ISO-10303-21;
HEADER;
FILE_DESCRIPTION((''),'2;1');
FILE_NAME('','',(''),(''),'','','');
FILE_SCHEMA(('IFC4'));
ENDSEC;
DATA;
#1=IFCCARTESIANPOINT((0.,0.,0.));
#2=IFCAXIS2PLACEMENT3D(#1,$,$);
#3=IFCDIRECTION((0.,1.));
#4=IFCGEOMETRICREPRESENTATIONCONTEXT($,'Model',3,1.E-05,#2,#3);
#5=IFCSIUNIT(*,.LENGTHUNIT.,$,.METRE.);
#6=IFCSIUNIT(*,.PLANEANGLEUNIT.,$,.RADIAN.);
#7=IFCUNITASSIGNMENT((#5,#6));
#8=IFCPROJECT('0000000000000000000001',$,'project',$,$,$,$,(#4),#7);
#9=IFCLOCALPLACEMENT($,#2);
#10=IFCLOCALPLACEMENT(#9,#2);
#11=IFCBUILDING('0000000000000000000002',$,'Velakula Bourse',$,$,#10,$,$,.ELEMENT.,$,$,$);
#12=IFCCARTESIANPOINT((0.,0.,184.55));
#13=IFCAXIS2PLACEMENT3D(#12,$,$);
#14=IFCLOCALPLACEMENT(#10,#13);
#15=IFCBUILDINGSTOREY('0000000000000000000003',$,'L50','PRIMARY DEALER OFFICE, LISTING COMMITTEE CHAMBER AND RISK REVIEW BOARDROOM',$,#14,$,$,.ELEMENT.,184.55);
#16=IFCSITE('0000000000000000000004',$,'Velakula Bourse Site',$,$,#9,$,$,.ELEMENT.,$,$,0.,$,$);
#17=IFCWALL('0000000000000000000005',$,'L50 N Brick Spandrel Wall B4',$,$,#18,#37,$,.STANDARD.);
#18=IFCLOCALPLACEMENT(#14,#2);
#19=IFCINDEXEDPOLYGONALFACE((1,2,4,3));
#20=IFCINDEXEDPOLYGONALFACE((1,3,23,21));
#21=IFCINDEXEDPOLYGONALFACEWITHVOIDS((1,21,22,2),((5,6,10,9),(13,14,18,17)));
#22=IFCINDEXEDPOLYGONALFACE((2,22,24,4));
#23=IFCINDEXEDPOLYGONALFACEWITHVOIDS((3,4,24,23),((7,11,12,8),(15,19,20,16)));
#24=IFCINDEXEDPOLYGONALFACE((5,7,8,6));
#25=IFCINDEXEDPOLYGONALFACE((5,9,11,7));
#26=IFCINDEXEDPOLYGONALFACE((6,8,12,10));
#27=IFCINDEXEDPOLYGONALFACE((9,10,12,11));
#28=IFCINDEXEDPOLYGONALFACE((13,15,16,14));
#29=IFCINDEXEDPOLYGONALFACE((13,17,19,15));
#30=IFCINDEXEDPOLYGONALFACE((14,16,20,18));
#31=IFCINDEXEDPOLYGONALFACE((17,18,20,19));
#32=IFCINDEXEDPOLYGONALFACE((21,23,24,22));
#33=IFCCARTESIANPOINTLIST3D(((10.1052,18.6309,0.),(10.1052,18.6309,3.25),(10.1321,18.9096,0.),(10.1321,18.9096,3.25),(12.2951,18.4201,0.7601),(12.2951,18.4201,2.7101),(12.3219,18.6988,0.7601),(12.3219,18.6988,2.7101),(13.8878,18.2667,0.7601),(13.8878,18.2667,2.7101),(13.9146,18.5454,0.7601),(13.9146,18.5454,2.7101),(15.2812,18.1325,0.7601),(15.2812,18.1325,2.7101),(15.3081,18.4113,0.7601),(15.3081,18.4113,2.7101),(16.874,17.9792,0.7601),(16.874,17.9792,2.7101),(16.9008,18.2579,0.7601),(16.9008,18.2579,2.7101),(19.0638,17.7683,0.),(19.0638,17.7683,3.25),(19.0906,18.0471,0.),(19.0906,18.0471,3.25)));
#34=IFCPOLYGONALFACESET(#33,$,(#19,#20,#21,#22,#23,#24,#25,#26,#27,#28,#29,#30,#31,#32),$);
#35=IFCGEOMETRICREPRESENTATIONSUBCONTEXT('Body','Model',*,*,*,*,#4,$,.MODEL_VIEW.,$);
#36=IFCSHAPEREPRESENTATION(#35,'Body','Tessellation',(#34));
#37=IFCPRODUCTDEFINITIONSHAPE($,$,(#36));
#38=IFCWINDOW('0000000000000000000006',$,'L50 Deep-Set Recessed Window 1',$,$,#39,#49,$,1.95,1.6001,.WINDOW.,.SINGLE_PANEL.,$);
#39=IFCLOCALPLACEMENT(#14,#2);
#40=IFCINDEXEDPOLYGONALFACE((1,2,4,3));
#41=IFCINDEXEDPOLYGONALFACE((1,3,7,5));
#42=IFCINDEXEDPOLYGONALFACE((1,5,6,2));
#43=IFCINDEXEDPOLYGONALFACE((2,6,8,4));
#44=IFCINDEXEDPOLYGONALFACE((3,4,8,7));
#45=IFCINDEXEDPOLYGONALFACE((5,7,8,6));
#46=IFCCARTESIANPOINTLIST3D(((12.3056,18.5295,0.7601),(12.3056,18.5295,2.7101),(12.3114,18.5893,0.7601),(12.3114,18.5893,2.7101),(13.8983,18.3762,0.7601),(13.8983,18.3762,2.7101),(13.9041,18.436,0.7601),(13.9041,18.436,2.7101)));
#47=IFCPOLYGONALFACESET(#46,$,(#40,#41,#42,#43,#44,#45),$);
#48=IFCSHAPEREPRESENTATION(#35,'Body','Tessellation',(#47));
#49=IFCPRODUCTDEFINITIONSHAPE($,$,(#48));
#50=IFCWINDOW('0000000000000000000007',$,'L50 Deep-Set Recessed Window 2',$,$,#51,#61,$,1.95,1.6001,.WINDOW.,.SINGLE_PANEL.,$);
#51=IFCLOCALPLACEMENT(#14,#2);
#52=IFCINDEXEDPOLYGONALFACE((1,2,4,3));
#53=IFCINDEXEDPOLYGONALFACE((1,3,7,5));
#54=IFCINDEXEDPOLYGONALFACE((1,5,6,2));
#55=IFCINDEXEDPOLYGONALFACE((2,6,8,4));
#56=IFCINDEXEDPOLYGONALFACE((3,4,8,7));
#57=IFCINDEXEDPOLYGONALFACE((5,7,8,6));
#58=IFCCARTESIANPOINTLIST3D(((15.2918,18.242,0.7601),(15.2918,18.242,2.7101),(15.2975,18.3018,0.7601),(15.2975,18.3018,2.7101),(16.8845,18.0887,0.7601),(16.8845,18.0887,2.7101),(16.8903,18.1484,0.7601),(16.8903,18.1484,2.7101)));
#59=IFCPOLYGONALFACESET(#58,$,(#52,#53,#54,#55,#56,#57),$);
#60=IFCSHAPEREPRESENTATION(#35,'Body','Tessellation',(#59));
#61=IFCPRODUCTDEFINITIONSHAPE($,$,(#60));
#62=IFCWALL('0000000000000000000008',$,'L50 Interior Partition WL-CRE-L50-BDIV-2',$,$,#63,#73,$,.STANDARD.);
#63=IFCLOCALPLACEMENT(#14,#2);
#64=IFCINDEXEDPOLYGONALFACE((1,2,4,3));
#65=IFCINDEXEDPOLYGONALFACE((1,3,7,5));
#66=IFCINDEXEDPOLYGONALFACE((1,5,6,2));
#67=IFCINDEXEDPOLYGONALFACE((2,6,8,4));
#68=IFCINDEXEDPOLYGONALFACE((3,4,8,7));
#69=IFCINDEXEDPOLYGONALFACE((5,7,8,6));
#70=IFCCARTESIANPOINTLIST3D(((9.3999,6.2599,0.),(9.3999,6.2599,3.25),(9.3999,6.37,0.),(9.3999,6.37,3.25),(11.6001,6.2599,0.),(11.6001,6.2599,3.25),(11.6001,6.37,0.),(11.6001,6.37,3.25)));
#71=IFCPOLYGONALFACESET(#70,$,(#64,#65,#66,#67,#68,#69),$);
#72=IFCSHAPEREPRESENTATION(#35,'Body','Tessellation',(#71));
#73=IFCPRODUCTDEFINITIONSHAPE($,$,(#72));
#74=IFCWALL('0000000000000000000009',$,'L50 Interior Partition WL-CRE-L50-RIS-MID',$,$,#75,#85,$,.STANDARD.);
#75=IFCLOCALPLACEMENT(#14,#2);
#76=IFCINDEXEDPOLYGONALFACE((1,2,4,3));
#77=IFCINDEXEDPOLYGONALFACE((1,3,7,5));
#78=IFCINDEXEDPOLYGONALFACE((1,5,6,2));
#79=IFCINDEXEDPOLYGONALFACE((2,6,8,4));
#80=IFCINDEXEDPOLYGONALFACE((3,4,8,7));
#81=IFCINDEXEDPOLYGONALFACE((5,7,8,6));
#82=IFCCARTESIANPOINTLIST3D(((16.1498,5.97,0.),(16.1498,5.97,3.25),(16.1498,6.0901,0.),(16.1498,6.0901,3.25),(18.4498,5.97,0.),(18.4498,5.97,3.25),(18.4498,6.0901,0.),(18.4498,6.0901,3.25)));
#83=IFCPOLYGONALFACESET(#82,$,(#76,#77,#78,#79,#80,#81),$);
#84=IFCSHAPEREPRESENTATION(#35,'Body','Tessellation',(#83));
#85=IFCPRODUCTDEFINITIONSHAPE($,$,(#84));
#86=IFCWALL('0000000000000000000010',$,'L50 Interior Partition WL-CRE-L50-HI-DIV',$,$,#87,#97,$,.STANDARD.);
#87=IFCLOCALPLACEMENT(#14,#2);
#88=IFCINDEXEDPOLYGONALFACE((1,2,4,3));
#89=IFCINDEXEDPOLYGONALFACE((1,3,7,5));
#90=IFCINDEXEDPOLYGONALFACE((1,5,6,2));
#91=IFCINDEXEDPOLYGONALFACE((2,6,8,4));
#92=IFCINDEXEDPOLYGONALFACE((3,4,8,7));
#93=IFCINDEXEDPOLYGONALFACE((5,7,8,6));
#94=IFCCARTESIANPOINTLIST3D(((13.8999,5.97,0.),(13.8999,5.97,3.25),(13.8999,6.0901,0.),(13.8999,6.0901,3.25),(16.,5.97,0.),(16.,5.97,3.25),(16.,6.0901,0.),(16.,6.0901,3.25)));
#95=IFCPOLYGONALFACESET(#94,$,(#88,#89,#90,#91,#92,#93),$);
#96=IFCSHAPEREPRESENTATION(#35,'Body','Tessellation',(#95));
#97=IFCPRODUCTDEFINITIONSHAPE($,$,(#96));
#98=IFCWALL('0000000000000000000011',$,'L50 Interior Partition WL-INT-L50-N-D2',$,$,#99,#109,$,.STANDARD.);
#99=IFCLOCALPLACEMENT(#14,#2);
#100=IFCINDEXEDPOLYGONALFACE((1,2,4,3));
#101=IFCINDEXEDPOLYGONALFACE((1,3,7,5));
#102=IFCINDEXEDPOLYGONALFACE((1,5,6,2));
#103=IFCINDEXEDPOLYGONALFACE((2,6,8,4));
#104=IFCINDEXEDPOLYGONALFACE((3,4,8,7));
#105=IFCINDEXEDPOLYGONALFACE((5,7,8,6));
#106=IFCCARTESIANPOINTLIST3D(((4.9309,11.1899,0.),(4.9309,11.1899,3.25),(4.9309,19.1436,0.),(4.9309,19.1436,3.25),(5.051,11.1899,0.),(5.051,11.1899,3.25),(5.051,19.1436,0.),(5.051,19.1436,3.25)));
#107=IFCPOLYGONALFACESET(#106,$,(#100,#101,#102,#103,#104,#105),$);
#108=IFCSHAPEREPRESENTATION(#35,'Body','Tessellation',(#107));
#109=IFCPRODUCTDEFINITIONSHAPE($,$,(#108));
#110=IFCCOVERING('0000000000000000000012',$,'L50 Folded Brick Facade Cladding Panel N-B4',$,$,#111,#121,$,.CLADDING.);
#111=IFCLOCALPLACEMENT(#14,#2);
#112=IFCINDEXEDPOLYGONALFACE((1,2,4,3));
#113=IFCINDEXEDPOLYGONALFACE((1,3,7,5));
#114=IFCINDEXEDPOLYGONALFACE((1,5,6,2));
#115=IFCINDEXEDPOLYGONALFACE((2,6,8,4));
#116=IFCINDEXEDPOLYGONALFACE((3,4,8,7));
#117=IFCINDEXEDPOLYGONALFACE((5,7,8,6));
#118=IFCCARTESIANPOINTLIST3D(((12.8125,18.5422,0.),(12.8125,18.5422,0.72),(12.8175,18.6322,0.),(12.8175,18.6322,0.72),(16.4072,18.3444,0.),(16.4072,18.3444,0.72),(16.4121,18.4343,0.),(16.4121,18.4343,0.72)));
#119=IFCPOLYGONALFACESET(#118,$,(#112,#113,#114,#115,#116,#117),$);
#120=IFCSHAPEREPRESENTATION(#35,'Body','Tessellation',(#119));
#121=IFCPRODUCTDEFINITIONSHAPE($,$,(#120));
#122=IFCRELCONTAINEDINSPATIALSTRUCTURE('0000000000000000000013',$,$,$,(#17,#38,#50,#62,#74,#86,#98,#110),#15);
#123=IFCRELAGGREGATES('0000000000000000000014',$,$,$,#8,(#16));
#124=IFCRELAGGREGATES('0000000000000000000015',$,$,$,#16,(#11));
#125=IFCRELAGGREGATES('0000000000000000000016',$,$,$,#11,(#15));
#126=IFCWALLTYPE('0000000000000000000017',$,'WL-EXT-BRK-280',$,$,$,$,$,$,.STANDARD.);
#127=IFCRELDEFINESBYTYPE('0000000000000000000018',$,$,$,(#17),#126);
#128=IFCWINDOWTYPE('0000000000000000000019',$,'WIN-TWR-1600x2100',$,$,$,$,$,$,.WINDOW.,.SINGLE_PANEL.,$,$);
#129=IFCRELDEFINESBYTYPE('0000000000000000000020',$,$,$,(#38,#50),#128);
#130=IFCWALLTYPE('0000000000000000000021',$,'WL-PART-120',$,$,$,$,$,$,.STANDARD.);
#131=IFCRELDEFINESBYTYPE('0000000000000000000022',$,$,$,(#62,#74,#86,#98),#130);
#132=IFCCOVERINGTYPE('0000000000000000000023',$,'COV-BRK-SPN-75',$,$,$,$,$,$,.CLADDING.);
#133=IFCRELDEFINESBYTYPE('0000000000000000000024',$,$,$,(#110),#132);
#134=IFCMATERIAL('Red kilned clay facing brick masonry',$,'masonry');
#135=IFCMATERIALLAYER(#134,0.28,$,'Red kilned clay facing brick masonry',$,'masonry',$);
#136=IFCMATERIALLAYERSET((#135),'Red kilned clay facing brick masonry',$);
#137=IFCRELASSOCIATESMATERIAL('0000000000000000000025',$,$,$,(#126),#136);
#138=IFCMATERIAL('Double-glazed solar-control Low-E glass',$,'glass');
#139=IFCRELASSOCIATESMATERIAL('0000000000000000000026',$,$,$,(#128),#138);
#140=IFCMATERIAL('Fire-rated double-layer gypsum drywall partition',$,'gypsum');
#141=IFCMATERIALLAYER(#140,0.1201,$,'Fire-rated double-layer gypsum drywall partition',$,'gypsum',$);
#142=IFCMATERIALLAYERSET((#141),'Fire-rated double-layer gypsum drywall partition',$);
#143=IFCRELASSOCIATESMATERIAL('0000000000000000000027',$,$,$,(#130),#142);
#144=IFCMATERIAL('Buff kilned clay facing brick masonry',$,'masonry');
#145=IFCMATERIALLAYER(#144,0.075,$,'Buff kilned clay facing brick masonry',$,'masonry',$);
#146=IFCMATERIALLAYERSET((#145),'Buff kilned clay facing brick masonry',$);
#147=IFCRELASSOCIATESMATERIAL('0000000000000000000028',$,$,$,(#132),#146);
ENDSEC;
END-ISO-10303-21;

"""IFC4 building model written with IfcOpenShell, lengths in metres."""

from ifc_helpers import new_model, si_unit, direction, frame, frame_2d, origin, origin_2d, place, context, subcontext, project, spatial, rectangle, extrude, material, layer, layer_set, type_object, element, fill, save


model = new_model("IFC4")

# Units and contexts
model_context = context("Model", 3, precision=1e-05, world=origin(), true_north=direction((0.0, 1.0)))
body_context = subcontext(model_context, "Body", "Model", "MODEL_VIEW")
ifc_project = project(units=[si_unit("LENGTHUNIT", "METRE"), si_unit("PLANEANGLEUNIT", "RADIAN")], contexts=[model_context])

# Site, building, storey
site_placement = place(None, origin())
site = spatial("IfcSite", under=ifc_project, at=site_placement, Name="Velakula Bourse Site", CompositionType="ELEMENT", RefElevation=0.0)
building_placement = place(site_placement, origin())
building = spatial("IfcBuilding", under=site, at=building_placement, Name="Velakula Bourse", CompositionType="ELEMENT")
storey_placement = place(building_placement, frame((0.0, 0.0, 184.55)))
storey = spatial("IfcBuildingStorey", under=building, at=storey_placement, Name="L50", Description="PRIMARY DEALER OFFICE, LISTING COMMITTEE CHAMBER AND RISK REVIEW BOARDROOM", CompositionType="ELEMENT", Elevation=184.55)

# Wall, openings, windows
ifc_material_1 = material(Name="Red kilned clay facing brick masonry", Category="masonry")
ifc_layer_1 = layer(ifc_material_1, 0.28, Name="Red kilned clay facing brick masonry", Category="masonry")
ifc_layer_set_1 = layer_set([ifc_layer_1], Name="Red kilned clay facing brick masonry")
wall_type_1 = type_object("IfcWallType", Name="WL-EXT-BRK-280", PredefinedType="STANDARD", material=ifc_layer_set_1)
ifc_material_2 = material(Name="Double-glazed solar-control Low-E glass", Category="glass")
window_type = type_object("IfcWindowType", Name="WIN-TWR-1600x2100", PartitioningType="SINGLE_PANEL", PredefinedType="WINDOW", material=ifc_material_2)
wall_1_placement = place(storey_placement, frame((10.1187, 18.7703, 0.0), z_axis=(0.0, 0.0, 1.0), x_axis=(0.995397, -0.09584, 0.0)))
wall_1 = element("IfcWall", 1, at=wall_1_placement, inside=storey, type_object=wall_type_1, Name="L50 N Brick Spandrel Wall B4", PredefinedType="STANDARD", context=body_context, shape_type="SweptSolid", body=[
    extrude(rectangle(XDim=9.0, YDim=0.28, at=frame_2d((4.5, 0.0))), origin(), (0.0, 0.0, 1.0), 3.25),
])
opening_1_placement = place(wall_1_placement, frame((2.2, 0.0, 0.76)))
opening_1 = element("IfcOpeningElement", 2, at=opening_1_placement, cuts=wall_1, PredefinedType="OPENING", context=body_context, shape_type="SweptSolid", body=[
    extrude(rectangle(XDim=1.6001, YDim=1.95, at=frame_2d((0.8, 0.9751))), frame((0.0, 0.1499, 0.0), z_axis=(0.0, -1.0, 0.0), x_axis=(1.0, 0.0, 0.0)), (0.0, 0.0, 1.0), 0.3),
])
opening_2_placement = place(wall_1_placement, frame((5.2, 0.0, 0.76)))
opening_2 = element("IfcOpeningElement", 3, at=opening_2_placement, cuts=wall_1, PredefinedType="OPENING", context=body_context, shape_type="SweptSolid", body=[
    extrude(rectangle(XDim=1.6001, YDim=1.95, at=frame_2d((0.8, 0.9751))), frame((0.0, 0.1499, 0.0), z_axis=(0.0, -1.0, 0.0), x_axis=(1.0, 0.0, 0.0)), (0.0, 0.0, 1.0), 0.3),
])
window_1_placement = place(opening_1_placement, origin())
window_1 = element("IfcWindow", 4, at=window_1_placement, inside=storey, type_object=window_type, Name="L50 Deep-Set Recessed Window 1", OverallHeight=1.95, OverallWidth=1.6001, PartitioningType="SINGLE_PANEL", PredefinedType="WINDOW", context=body_context, shape_type="SweptSolid", body=[
    extrude(rectangle(XDim=1.6001, YDim=1.95, at=frame_2d((0.8, 0.9751))), frame((0.0, 0.03, 0.0), z_axis=(0.0, -1.0, 0.0), x_axis=(1.0, 0.0, 0.0)), (0.0, 0.0, 1.0), 0.0601),
])
fill(opening_1, window_1)
window_2_placement = place(opening_2_placement, origin())
window_2 = element("IfcWindow", 5, at=window_2_placement, inside=storey, type_object=window_type, Name="L50 Deep-Set Recessed Window 2", OverallHeight=1.95, OverallWidth=1.6001, PartitioningType="SINGLE_PANEL", PredefinedType="WINDOW", context=body_context, shape_type="SweptSolid", body=[
    extrude(rectangle(XDim=1.6001, YDim=1.95, at=frame_2d((0.8, 0.9751))), frame((0.0, 0.03, 0.0), z_axis=(0.0, -1.0, 0.0), x_axis=(1.0, 0.0, 0.0)), (0.0, 0.0, 1.0), 0.0601),
])
fill(opening_2, window_2)

# Walls
ifc_material_3 = material(Name="Fire-rated double-layer gypsum drywall partition", Category="gypsum")
ifc_layer_2 = layer(ifc_material_3, 0.1201, Name="Fire-rated double-layer gypsum drywall partition", Category="gypsum")
ifc_layer_set_2 = layer_set([ifc_layer_2], Name="Fire-rated double-layer gypsum drywall partition")
wall_type_2 = type_object("IfcWallType", Name="WL-PART-120", PredefinedType="STANDARD", material=ifc_layer_set_2)
wall_2_placement = place(storey_placement, frame((9.3999, 6.3149, 0.0), z_axis=(0.0, 0.0, 1.0), x_axis=(1.0, 0.0, 0.0)))
element("IfcWall", 6, at=wall_2_placement, inside=storey, type_object=wall_type_2, Name="L50 Interior Partition WL-CRE-L50-BDIV-2", PredefinedType="STANDARD", context=body_context, shape_type="SweptSolid", body=[
    extrude(rectangle(XDim=2.2002, YDim=0.1101, at=frame_2d((1.1001, 0.0))), origin(), (0.0, 0.0, 1.0), 3.25),
])
wall_3_placement = place(storey_placement, frame((16.1499, 6.03, 0.0), z_axis=(0.0, 0.0, 1.0), x_axis=(1.0, 0.0, 0.0)))
element("IfcWall", 7, at=wall_3_placement, inside=storey, type_object=wall_type_2, Name="L50 Interior Partition WL-CRE-L50-RIS-MID", PredefinedType="STANDARD", context=body_context, shape_type="SweptSolid", body=[
    extrude(rectangle(XDim=2.3, YDim=0.1201, at=frame_2d((1.1499, 0.0))), origin(), (0.0, 0.0, 1.0), 3.25),
])
wall_4_placement = place(storey_placement, frame((13.8999, 6.03, 0.0), z_axis=(0.0, 0.0, 1.0), x_axis=(1.0, 0.0, 0.0)))
element("IfcWall", 8, at=wall_4_placement, inside=storey, type_object=wall_type_2, Name="L50 Interior Partition WL-CRE-L50-HI-DIV", PredefinedType="STANDARD", context=body_context, shape_type="SweptSolid", body=[
    extrude(rectangle(XDim=2.1001, YDim=0.1201, at=frame_2d((1.05, 0.0))), origin(), (0.0, 0.0, 1.0), 3.25),
])
wall_5_placement = place(storey_placement, frame((4.991, 11.1899, 0.0), z_axis=(0.0, 0.0, 1.0), x_axis=(0.0, 1.0, 0.0)))
element("IfcWall", 9, at=wall_5_placement, inside=storey, type_object=wall_type_2, Name="L50 Interior Partition WL-INT-L50-N-D2", PredefinedType="STANDARD", context=body_context, shape_type="SweptSolid", body=[
    extrude(rectangle(XDim=7.9536, YDim=0.1201, at=frame_2d((3.9768, 0.0))), origin(), (0.0, 0.0, 1.0), 3.25),
])

# Covering
ifc_material_4 = material(Name="Buff kilned clay facing brick masonry", Category="masonry")
ifc_layer_3 = layer(ifc_material_4, 0.075, Name="Buff kilned clay facing brick masonry", Category="masonry")
ifc_layer_set_3 = layer_set([ifc_layer_3], Name="Buff kilned clay facing brick masonry")
covering_type = type_object("IfcCoveringType", Name="COV-BRK-SPN-75", PredefinedType="CLADDING", material=ifc_layer_set_3)
covering_placement = place(storey_placement, frame((14.6123, 18.4883, 0.0), z_axis=(0.0, 0.0, 1.0), x_axis=(0.998489, -0.05495, 0.0)))
element("IfcCovering", 10, at=covering_placement, inside=storey, type_object=covering_type, Name="L50 Folded Brick Facade Cladding Panel N-B4", PredefinedType="CLADDING", context=body_context, shape_type="SweptSolid", body=[
    extrude(rectangle(XDim=3.6001, YDim=0.0901, at=origin_2d()), origin(), (0.0, 0.0, 1.0), 0.72),
])

save(model, "model.ifc")
